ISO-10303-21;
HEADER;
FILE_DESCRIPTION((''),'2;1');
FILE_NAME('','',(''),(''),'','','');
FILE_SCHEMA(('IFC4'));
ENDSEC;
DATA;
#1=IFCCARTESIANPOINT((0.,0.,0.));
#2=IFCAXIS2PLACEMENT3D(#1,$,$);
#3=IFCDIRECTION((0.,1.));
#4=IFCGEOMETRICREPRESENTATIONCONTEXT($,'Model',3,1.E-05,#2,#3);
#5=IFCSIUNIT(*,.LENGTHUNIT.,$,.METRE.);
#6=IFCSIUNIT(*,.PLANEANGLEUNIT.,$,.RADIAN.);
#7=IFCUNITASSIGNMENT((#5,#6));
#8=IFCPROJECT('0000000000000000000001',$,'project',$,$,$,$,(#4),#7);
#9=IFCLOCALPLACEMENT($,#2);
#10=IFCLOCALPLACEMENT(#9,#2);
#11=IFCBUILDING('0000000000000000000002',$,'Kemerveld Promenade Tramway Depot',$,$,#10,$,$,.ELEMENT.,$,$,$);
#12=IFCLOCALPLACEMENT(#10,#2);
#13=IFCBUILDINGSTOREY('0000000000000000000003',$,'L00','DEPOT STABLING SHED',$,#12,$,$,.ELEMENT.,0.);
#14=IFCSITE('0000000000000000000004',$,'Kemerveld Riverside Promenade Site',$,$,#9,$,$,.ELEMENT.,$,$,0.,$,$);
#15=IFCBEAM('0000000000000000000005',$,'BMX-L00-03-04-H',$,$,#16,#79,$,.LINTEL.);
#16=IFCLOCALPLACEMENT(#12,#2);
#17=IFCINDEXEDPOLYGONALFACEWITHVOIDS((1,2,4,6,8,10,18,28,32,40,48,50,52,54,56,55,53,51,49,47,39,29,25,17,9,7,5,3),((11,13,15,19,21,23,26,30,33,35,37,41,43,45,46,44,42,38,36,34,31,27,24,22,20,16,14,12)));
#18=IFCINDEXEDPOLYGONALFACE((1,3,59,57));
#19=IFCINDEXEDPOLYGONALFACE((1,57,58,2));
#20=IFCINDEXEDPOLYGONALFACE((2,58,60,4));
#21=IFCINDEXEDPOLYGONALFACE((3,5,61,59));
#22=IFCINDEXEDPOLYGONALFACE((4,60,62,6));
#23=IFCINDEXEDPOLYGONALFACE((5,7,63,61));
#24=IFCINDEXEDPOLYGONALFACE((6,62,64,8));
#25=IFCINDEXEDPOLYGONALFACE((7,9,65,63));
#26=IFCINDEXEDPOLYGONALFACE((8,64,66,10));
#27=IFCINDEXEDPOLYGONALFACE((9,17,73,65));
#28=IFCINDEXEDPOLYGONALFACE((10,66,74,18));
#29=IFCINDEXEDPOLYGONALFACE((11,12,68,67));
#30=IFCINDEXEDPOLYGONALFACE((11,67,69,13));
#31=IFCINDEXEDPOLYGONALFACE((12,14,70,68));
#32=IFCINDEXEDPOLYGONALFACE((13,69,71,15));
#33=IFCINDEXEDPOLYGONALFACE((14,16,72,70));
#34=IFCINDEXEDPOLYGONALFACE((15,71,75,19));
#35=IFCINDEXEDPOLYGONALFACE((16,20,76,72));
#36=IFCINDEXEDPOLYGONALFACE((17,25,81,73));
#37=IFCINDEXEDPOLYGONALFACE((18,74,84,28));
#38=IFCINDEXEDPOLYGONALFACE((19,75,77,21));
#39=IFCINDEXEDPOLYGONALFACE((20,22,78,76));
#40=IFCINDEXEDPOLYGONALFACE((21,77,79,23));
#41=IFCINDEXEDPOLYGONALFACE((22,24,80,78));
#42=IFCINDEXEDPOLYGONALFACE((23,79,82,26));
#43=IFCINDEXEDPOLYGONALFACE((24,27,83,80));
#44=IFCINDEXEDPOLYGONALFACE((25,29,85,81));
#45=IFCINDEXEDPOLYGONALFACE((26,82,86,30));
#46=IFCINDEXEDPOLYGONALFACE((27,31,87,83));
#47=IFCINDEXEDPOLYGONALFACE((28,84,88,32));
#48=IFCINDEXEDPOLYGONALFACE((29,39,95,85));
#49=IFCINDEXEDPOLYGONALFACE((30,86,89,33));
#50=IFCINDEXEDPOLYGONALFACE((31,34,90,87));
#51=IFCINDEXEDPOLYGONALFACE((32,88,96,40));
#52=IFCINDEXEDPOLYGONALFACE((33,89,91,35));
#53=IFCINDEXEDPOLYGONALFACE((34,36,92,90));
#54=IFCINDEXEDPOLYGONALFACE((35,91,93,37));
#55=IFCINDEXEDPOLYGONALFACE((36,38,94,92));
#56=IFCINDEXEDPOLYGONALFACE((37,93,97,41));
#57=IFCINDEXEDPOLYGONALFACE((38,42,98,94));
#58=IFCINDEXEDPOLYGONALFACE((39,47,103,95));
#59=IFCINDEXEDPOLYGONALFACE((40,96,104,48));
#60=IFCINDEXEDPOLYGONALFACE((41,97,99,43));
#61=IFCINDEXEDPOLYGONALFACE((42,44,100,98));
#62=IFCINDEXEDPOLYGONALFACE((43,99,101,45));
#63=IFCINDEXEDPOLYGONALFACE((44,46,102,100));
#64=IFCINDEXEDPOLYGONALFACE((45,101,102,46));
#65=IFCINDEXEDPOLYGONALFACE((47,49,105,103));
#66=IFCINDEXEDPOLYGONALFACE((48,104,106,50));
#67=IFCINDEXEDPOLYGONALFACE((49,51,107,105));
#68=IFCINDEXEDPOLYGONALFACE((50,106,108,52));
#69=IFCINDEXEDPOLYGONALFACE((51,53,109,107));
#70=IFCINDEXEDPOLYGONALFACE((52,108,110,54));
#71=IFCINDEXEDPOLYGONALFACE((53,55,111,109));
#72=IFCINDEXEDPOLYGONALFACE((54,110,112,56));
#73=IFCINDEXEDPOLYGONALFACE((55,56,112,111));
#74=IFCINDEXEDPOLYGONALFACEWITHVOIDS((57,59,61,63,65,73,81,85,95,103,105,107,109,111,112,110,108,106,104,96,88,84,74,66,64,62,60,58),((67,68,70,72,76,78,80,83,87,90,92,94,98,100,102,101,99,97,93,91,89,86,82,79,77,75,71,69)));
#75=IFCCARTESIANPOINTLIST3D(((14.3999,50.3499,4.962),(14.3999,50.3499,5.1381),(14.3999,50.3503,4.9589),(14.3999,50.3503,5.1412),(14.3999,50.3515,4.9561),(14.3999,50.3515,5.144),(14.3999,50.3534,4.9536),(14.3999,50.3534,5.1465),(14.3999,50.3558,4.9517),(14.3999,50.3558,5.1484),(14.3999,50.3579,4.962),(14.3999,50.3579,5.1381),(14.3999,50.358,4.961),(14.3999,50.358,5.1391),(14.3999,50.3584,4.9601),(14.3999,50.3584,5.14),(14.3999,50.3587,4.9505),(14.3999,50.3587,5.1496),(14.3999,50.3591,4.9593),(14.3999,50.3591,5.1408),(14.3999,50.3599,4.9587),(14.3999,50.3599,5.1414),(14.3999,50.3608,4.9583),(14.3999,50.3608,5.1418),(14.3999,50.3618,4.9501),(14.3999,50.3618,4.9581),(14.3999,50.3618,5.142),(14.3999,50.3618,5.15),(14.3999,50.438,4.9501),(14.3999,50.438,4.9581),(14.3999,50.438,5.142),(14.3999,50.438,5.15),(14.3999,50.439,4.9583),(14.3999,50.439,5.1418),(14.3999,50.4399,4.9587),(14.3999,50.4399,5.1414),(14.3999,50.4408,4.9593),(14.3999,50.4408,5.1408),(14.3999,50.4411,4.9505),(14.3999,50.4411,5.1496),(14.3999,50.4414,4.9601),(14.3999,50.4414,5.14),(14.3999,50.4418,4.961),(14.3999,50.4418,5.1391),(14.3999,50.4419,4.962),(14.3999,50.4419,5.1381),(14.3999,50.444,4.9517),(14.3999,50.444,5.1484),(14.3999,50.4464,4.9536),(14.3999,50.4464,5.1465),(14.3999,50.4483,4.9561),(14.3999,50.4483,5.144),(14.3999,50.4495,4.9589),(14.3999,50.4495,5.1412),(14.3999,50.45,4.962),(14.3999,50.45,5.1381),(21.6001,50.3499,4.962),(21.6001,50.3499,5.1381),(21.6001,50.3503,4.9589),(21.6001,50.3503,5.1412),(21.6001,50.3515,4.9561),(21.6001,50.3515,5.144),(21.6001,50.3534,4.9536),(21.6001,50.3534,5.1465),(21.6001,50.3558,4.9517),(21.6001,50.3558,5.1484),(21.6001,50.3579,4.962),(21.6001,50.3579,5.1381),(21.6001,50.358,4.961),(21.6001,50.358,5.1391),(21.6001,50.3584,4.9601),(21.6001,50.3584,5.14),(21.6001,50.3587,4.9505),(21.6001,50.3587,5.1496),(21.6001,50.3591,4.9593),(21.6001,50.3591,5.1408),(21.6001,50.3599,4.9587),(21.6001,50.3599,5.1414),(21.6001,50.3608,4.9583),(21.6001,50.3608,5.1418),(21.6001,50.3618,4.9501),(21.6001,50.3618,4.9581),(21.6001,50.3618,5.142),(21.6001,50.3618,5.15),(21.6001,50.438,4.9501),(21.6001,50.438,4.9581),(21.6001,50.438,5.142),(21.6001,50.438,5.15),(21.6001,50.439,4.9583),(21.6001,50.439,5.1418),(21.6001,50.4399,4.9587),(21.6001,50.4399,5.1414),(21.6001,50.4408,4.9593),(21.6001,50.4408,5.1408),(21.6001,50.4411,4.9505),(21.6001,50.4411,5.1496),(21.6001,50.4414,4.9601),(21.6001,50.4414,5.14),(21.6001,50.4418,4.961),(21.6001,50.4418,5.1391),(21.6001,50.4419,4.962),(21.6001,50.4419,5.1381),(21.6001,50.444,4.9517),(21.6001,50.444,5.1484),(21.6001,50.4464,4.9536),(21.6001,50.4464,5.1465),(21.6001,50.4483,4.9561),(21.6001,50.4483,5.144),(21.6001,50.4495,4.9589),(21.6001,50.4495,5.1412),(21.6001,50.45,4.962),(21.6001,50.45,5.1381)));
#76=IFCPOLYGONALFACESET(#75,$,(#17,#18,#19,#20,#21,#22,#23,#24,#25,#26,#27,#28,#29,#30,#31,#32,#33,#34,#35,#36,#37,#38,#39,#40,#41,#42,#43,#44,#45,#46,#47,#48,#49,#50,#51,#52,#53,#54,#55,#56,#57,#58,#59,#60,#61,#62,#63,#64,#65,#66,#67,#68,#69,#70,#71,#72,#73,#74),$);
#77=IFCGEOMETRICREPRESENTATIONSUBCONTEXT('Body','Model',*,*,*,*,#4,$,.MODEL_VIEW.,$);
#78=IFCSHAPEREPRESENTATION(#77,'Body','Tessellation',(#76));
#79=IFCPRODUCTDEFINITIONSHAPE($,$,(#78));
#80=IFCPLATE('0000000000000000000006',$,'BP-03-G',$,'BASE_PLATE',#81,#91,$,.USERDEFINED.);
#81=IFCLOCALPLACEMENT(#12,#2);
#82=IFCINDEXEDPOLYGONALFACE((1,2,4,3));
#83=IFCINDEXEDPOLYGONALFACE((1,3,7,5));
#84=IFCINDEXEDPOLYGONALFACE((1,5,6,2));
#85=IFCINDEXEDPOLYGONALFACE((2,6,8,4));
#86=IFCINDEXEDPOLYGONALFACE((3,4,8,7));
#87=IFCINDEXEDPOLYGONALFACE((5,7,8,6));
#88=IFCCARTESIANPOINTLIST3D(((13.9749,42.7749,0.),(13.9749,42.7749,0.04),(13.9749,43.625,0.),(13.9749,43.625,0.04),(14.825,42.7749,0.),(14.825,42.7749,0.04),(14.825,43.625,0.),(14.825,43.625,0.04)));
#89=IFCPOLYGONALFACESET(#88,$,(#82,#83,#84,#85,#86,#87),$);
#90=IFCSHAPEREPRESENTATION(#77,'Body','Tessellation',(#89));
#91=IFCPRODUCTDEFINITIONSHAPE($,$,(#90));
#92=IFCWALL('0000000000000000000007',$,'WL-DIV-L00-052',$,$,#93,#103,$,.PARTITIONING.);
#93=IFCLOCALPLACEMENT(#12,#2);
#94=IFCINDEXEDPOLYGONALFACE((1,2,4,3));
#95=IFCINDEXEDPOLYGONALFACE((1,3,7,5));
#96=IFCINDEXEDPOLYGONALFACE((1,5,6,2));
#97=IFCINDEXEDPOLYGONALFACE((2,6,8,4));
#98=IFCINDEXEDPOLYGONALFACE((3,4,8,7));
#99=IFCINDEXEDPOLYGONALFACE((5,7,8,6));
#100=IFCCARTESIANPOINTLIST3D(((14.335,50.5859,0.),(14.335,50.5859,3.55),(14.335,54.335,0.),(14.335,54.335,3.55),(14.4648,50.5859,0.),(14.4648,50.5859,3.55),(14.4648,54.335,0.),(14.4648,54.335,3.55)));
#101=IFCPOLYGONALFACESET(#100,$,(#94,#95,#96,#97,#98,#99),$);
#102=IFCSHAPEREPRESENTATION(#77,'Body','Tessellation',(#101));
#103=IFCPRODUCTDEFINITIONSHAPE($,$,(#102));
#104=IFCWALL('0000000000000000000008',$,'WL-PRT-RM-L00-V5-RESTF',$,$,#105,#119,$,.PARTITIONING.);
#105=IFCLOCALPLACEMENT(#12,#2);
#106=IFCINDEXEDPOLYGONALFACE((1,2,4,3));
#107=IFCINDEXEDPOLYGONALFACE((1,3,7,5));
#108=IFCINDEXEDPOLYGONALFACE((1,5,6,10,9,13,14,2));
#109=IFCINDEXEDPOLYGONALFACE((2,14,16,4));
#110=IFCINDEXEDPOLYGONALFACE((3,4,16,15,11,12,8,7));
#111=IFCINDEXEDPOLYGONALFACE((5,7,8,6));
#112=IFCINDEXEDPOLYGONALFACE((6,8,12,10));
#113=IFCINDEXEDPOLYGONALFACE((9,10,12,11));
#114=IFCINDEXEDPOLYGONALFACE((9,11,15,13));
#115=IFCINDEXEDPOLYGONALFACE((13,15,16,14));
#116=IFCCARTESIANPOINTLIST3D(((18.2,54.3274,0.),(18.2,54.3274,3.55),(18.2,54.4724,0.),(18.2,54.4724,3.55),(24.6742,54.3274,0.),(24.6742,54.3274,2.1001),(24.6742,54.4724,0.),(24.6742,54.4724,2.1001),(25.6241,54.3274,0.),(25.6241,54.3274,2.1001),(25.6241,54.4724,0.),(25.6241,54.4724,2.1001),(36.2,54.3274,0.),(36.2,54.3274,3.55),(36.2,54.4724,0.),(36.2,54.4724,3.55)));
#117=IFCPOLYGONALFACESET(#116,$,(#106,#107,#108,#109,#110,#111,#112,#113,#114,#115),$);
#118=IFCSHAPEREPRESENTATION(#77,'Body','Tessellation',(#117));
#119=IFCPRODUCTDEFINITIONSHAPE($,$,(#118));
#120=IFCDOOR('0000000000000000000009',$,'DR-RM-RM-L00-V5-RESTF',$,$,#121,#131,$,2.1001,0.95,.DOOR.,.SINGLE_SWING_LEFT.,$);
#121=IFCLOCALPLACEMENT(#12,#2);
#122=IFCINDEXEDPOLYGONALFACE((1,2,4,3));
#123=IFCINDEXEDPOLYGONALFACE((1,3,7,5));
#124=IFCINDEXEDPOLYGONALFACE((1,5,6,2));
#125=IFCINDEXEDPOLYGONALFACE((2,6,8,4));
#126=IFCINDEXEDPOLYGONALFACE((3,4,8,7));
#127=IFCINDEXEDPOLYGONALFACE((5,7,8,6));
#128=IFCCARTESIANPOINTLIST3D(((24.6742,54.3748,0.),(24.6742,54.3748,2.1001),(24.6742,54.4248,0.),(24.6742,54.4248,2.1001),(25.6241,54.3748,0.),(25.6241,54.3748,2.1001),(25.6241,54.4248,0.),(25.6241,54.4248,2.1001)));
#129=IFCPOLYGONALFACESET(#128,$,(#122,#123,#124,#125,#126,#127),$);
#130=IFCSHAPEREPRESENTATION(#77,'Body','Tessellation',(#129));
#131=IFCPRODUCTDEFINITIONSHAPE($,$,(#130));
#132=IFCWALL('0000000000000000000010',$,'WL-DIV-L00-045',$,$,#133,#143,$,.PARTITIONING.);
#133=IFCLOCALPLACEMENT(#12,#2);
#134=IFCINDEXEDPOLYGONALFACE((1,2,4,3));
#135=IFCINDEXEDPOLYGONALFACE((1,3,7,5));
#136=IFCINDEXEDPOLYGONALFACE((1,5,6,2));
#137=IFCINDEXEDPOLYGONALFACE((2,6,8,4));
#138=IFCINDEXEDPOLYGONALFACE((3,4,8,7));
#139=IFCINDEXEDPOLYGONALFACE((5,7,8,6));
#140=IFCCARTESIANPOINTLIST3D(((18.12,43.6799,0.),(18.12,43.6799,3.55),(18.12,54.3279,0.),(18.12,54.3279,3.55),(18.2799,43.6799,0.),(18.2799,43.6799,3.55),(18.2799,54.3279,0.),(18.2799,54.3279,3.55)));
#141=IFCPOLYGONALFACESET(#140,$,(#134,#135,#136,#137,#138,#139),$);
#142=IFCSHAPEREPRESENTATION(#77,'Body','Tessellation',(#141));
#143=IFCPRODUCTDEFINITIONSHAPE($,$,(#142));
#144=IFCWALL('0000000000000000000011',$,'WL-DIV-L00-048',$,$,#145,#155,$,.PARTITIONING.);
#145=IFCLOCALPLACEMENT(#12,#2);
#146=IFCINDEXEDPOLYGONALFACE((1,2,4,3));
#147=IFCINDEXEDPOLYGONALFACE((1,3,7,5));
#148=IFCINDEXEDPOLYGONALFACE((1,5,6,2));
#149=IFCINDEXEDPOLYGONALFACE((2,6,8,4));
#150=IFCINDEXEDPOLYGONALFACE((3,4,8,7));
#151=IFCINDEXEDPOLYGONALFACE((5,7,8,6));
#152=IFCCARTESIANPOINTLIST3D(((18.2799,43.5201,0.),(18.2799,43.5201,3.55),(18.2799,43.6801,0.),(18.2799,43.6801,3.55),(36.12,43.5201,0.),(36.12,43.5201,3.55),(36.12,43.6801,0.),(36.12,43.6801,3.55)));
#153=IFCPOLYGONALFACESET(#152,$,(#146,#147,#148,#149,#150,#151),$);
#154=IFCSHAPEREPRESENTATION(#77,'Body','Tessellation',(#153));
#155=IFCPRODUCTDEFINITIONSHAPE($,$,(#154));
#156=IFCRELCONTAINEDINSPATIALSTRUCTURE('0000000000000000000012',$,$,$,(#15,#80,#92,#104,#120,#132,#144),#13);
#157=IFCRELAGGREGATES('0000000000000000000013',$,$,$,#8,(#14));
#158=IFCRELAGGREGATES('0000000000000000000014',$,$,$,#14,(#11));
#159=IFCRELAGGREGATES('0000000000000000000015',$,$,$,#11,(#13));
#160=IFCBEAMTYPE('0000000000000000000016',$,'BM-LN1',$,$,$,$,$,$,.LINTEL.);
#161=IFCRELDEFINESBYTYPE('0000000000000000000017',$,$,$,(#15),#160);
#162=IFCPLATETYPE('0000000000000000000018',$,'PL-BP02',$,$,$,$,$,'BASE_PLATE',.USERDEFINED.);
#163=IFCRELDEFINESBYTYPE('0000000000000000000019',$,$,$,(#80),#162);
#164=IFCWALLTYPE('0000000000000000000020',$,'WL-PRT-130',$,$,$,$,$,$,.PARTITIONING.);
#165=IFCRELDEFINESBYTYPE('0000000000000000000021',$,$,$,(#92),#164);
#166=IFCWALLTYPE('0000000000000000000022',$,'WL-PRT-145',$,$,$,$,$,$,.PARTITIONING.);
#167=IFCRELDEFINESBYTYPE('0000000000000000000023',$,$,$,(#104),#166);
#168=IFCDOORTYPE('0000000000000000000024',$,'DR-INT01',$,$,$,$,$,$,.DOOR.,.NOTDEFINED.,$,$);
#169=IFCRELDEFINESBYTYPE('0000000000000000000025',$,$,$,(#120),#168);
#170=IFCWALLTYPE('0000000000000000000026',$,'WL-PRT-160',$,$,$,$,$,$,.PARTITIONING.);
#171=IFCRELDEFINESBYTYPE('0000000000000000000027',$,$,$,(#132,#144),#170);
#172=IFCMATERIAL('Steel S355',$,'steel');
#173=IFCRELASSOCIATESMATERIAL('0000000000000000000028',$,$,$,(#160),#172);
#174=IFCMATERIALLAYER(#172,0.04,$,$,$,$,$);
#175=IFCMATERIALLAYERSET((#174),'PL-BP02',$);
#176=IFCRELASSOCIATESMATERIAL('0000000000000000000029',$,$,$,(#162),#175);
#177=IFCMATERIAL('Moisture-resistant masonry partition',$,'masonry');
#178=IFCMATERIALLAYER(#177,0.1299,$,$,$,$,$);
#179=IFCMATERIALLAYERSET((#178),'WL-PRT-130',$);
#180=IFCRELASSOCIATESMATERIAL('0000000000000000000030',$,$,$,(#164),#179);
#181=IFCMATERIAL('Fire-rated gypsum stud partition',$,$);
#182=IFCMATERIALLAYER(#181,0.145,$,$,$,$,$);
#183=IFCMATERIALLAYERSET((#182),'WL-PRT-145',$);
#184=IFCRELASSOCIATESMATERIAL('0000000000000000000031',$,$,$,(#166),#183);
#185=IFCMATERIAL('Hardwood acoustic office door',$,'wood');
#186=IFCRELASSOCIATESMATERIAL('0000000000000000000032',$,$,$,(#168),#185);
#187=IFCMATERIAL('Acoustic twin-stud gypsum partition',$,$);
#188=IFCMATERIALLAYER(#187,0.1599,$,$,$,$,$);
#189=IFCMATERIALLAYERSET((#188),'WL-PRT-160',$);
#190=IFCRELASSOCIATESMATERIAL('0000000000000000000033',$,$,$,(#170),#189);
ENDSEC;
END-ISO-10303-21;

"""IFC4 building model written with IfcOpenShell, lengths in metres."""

from ifc_helpers import new_model, si_unit, direction, frame, frame_2d, origin, origin_2d, place, context, subcontext, project, spatial, rectangle, hollow_rectangle, extrude, material, layer, layer_set, material_profile, profile_set, type_object, element, fill, save


model = new_model("IFC4")

# Units and contexts
model_context = context("Model", 3, precision=1e-05, world=origin(), true_north=direction((0.0, 1.0)))
body_context = subcontext(model_context, "Body", "Model", "MODEL_VIEW")
ifc_project = project(units=[si_unit("LENGTHUNIT", "METRE"), si_unit("PLANEANGLEUNIT", "RADIAN")], contexts=[model_context])

# Site, building, storey
site_placement = place(None, origin())
site = spatial("IfcSite", under=ifc_project, at=site_placement, Name="Kemerveld Riverside Promenade Site", CompositionType="ELEMENT", RefElevation=0.0)
building_placement = place(site_placement, origin())
building = spatial("IfcBuilding", under=site, at=building_placement, Name="Kemerveld Promenade Tramway Depot", CompositionType="ELEMENT")
storey_placement = place(building_placement, origin())
storey = spatial("IfcBuildingStorey", under=building, at=storey_placement, Name="L00", Description="DEPOT STABLING SHED", CompositionType="ELEMENT", Elevation=0.0)

# Shared definitions
ifc_material_1 = material(Name="Steel S355", Category="steel")

# Beam
ifc_material_profile_1 = material_profile(ifc_material_1, hollow_rectangle(XDim=0.1001, YDim=0.2, WallThickness=0.0081, InnerFilletRadius=0.0039, OuterFilletRadius=0.012, at=origin_2d()), Name="200x100x8.0 RHS")
ifc_profile_set_1 = profile_set([ifc_material_profile_1], Name="Steel S355")
beam_type_1 = type_object("IfcBeamType", Name="BM-LN1", PredefinedType="LINTEL", material=ifc_profile_set_1)
beam_1_placement = place(storey_placement, frame((14.3999, 50.3999, 5.05), z_axis=(1.0, 0.0, 0.0), x_axis=(0.0, 1.0, 0.0)))
element("IfcBeam", 1, at=beam_1_placement, inside=storey, type_object=beam_type_1, Name="BMX-L00-03-04-H", PredefinedType="LINTEL", context=body_context, shape_type="SweptSolid", body=[
    extrude(hollow_rectangle(XDim=0.1001, YDim=0.2, WallThickness=0.0081, InnerFilletRadius=0.0039, OuterFilletRadius=0.012, at=origin_2d()), origin(), (0.0, 0.0, 1.0), 7.2002),
])

# Plate
ifc_layer_1 = layer(ifc_material_1, 0.04)
ifc_layer_set_1 = layer_set([ifc_layer_1], Name="PL-BP02")
plate_type = type_object("IfcPlateType", Name="PL-BP02", ElementType="BASE_PLATE", PredefinedType="USERDEFINED", material=ifc_layer_set_1)
plate_placement = place(storey_placement, frame((14.3999, 43.2, 0.0), z_axis=(0.0, 0.0, 1.0), x_axis=(1.0, 0.0, 0.0)))
element("IfcPlate", 2, at=plate_placement, inside=storey, type_object=plate_type, Name="BP-03-G", ObjectType="BASE_PLATE", PredefinedType="USERDEFINED", context=body_context, shape_type="SweptSolid", body=[
    extrude(rectangle(XDim=0.8501, YDim=0.8501, at=origin_2d()), origin(), (0.0, 0.0, 1.0), 0.04),
])

# Wall
ifc_material_2 = material(Name="Moisture-resistant masonry partition", Category="masonry")
ifc_layer_2 = layer(ifc_material_2, 0.1299)
ifc_layer_set_2 = layer_set([ifc_layer_2], Name="WL-PRT-130")
wall_type_1 = type_object("IfcWallType", Name="WL-PRT-130", PredefinedType="PARTITIONING", material=ifc_layer_set_2)
wall_1_placement = place(storey_placement, frame((14.3999, 50.5859, 0.0), z_axis=(0.0, 0.0, 1.0), x_axis=(0.0, 1.0, 0.0)))
element("IfcWall", 3, at=wall_1_placement, inside=storey, type_object=wall_type_1, Name="WL-DIV-L00-052", PredefinedType="PARTITIONING", context=body_context, shape_type="SweptSolid", body=[
    extrude(rectangle(XDim=3.749, YDim=0.1299, at=frame_2d((1.8745, 0.0))), origin(), (0.0, 0.0, 1.0), 3.55),
])

# Wall, opening, door
ifc_material_3 = material(Name="Fire-rated gypsum stud partition")
ifc_layer_3 = layer(ifc_material_3, 0.145)
ifc_layer_set_3 = layer_set([ifc_layer_3], Name="WL-PRT-145")
wall_type_2 = type_object("IfcWallType", Name="WL-PRT-145", PredefinedType="PARTITIONING", material=ifc_layer_set_3)
wall_2_placement = place(storey_placement, frame((18.2, 54.3999, 0.0), z_axis=(0.0, 0.0, 1.0), x_axis=(1.0, 0.0, 0.0)))
wall_2 = element("IfcWall", 4, at=wall_2_placement, inside=storey, type_object=wall_type_2, Name="WL-PRT-RM-L00-V5-RESTF", PredefinedType="PARTITIONING", context=body_context, shape_type="SweptSolid", body=[
    extrude(rectangle(XDim=18.0, YDim=0.145, at=frame_2d((9.0, 0.0))), origin(), (0.0, 0.0, 1.0), 3.55),
])
opening_1_placement = place(wall_2_placement, frame((6.4741, 0.0, 0.0)))
opening_1 = element("IfcOpeningElement", 5, at=opening_1_placement, cuts=wall_2, PredefinedType="OPENING", context=body_context, shape_type="SweptSolid", body=[
    extrude(rectangle(XDim=0.95, YDim=2.1001, at=frame_2d((0.4751, 1.05))), frame((0.0, 0.0825, 0.0), z_axis=(0.0, -1.0, 0.0), x_axis=(1.0, 0.0, 0.0)), (0.0, 0.0, 1.0), 0.165),
])
ifc_material_4 = material(Name="Hardwood acoustic office door", Category="wood")
door_type_1 = type_object("IfcDoorType", Name="DR-INT01", OperationType="NOTDEFINED", PredefinedType="DOOR", material=ifc_material_4)
door_1_placement = place(opening_1_placement, origin())
door_1 = element("IfcDoor", 6, at=door_1_placement, inside=storey, type_object=door_type_1, Name="DR-RM-RM-L00-V5-RESTF", OperationType="SINGLE_SWING_LEFT", OverallHeight=2.1001, OverallWidth=0.95, PredefinedType="DOOR", context=body_context, shape_type="SweptSolid", body=[
    extrude(rectangle(XDim=0.95, YDim=2.1001, at=frame_2d((0.4751, 1.05))), frame((0.0, 0.0249, 0.0), z_axis=(0.0, -1.0, 0.0), x_axis=(1.0, 0.0, 0.0)), (0.0, 0.0, 1.0), 0.05),
])
fill(opening_1, door_1)

# Walls
ifc_material_5 = material(Name="Acoustic twin-stud gypsum partition")
ifc_layer_4 = layer(ifc_material_5, 0.1599)
ifc_layer_set_4 = layer_set([ifc_layer_4], Name="WL-PRT-160")
wall_type_3 = type_object("IfcWallType", Name="WL-PRT-160", PredefinedType="PARTITIONING", material=ifc_layer_set_4)
wall_3_placement = place(storey_placement, frame((18.2, 43.6799, 0.0), z_axis=(0.0, 0.0, 1.0), x_axis=(0.0, 1.0, 0.0)))
element("IfcWall", 7, at=wall_3_placement, inside=storey, type_object=wall_type_3, Name="WL-DIV-L00-045", PredefinedType="PARTITIONING", context=body_context, shape_type="SweptSolid", body=[
    extrude(rectangle(XDim=10.6479, YDim=0.1599, at=frame_2d((5.324, 0.0))), origin(), (0.0, 0.0, 1.0), 3.55),
])
wall_4_placement = place(storey_placement, frame((18.28, 43.6001, 0.0), z_axis=(0.0, 0.0, 1.0), x_axis=(1.0, 0.0, 0.0)))
element("IfcWall", 8, at=wall_4_placement, inside=storey, type_object=wall_type_3, Name="WL-DIV-L00-048", PredefinedType="PARTITIONING", context=body_context, shape_type="SweptSolid", body=[
    extrude(rectangle(XDim=17.8401, YDim=0.1599, at=frame_2d((8.9199, 0.0))), origin(), (0.0, 0.0, 1.0), 3.55),
])

save(model, "model.ifc")
